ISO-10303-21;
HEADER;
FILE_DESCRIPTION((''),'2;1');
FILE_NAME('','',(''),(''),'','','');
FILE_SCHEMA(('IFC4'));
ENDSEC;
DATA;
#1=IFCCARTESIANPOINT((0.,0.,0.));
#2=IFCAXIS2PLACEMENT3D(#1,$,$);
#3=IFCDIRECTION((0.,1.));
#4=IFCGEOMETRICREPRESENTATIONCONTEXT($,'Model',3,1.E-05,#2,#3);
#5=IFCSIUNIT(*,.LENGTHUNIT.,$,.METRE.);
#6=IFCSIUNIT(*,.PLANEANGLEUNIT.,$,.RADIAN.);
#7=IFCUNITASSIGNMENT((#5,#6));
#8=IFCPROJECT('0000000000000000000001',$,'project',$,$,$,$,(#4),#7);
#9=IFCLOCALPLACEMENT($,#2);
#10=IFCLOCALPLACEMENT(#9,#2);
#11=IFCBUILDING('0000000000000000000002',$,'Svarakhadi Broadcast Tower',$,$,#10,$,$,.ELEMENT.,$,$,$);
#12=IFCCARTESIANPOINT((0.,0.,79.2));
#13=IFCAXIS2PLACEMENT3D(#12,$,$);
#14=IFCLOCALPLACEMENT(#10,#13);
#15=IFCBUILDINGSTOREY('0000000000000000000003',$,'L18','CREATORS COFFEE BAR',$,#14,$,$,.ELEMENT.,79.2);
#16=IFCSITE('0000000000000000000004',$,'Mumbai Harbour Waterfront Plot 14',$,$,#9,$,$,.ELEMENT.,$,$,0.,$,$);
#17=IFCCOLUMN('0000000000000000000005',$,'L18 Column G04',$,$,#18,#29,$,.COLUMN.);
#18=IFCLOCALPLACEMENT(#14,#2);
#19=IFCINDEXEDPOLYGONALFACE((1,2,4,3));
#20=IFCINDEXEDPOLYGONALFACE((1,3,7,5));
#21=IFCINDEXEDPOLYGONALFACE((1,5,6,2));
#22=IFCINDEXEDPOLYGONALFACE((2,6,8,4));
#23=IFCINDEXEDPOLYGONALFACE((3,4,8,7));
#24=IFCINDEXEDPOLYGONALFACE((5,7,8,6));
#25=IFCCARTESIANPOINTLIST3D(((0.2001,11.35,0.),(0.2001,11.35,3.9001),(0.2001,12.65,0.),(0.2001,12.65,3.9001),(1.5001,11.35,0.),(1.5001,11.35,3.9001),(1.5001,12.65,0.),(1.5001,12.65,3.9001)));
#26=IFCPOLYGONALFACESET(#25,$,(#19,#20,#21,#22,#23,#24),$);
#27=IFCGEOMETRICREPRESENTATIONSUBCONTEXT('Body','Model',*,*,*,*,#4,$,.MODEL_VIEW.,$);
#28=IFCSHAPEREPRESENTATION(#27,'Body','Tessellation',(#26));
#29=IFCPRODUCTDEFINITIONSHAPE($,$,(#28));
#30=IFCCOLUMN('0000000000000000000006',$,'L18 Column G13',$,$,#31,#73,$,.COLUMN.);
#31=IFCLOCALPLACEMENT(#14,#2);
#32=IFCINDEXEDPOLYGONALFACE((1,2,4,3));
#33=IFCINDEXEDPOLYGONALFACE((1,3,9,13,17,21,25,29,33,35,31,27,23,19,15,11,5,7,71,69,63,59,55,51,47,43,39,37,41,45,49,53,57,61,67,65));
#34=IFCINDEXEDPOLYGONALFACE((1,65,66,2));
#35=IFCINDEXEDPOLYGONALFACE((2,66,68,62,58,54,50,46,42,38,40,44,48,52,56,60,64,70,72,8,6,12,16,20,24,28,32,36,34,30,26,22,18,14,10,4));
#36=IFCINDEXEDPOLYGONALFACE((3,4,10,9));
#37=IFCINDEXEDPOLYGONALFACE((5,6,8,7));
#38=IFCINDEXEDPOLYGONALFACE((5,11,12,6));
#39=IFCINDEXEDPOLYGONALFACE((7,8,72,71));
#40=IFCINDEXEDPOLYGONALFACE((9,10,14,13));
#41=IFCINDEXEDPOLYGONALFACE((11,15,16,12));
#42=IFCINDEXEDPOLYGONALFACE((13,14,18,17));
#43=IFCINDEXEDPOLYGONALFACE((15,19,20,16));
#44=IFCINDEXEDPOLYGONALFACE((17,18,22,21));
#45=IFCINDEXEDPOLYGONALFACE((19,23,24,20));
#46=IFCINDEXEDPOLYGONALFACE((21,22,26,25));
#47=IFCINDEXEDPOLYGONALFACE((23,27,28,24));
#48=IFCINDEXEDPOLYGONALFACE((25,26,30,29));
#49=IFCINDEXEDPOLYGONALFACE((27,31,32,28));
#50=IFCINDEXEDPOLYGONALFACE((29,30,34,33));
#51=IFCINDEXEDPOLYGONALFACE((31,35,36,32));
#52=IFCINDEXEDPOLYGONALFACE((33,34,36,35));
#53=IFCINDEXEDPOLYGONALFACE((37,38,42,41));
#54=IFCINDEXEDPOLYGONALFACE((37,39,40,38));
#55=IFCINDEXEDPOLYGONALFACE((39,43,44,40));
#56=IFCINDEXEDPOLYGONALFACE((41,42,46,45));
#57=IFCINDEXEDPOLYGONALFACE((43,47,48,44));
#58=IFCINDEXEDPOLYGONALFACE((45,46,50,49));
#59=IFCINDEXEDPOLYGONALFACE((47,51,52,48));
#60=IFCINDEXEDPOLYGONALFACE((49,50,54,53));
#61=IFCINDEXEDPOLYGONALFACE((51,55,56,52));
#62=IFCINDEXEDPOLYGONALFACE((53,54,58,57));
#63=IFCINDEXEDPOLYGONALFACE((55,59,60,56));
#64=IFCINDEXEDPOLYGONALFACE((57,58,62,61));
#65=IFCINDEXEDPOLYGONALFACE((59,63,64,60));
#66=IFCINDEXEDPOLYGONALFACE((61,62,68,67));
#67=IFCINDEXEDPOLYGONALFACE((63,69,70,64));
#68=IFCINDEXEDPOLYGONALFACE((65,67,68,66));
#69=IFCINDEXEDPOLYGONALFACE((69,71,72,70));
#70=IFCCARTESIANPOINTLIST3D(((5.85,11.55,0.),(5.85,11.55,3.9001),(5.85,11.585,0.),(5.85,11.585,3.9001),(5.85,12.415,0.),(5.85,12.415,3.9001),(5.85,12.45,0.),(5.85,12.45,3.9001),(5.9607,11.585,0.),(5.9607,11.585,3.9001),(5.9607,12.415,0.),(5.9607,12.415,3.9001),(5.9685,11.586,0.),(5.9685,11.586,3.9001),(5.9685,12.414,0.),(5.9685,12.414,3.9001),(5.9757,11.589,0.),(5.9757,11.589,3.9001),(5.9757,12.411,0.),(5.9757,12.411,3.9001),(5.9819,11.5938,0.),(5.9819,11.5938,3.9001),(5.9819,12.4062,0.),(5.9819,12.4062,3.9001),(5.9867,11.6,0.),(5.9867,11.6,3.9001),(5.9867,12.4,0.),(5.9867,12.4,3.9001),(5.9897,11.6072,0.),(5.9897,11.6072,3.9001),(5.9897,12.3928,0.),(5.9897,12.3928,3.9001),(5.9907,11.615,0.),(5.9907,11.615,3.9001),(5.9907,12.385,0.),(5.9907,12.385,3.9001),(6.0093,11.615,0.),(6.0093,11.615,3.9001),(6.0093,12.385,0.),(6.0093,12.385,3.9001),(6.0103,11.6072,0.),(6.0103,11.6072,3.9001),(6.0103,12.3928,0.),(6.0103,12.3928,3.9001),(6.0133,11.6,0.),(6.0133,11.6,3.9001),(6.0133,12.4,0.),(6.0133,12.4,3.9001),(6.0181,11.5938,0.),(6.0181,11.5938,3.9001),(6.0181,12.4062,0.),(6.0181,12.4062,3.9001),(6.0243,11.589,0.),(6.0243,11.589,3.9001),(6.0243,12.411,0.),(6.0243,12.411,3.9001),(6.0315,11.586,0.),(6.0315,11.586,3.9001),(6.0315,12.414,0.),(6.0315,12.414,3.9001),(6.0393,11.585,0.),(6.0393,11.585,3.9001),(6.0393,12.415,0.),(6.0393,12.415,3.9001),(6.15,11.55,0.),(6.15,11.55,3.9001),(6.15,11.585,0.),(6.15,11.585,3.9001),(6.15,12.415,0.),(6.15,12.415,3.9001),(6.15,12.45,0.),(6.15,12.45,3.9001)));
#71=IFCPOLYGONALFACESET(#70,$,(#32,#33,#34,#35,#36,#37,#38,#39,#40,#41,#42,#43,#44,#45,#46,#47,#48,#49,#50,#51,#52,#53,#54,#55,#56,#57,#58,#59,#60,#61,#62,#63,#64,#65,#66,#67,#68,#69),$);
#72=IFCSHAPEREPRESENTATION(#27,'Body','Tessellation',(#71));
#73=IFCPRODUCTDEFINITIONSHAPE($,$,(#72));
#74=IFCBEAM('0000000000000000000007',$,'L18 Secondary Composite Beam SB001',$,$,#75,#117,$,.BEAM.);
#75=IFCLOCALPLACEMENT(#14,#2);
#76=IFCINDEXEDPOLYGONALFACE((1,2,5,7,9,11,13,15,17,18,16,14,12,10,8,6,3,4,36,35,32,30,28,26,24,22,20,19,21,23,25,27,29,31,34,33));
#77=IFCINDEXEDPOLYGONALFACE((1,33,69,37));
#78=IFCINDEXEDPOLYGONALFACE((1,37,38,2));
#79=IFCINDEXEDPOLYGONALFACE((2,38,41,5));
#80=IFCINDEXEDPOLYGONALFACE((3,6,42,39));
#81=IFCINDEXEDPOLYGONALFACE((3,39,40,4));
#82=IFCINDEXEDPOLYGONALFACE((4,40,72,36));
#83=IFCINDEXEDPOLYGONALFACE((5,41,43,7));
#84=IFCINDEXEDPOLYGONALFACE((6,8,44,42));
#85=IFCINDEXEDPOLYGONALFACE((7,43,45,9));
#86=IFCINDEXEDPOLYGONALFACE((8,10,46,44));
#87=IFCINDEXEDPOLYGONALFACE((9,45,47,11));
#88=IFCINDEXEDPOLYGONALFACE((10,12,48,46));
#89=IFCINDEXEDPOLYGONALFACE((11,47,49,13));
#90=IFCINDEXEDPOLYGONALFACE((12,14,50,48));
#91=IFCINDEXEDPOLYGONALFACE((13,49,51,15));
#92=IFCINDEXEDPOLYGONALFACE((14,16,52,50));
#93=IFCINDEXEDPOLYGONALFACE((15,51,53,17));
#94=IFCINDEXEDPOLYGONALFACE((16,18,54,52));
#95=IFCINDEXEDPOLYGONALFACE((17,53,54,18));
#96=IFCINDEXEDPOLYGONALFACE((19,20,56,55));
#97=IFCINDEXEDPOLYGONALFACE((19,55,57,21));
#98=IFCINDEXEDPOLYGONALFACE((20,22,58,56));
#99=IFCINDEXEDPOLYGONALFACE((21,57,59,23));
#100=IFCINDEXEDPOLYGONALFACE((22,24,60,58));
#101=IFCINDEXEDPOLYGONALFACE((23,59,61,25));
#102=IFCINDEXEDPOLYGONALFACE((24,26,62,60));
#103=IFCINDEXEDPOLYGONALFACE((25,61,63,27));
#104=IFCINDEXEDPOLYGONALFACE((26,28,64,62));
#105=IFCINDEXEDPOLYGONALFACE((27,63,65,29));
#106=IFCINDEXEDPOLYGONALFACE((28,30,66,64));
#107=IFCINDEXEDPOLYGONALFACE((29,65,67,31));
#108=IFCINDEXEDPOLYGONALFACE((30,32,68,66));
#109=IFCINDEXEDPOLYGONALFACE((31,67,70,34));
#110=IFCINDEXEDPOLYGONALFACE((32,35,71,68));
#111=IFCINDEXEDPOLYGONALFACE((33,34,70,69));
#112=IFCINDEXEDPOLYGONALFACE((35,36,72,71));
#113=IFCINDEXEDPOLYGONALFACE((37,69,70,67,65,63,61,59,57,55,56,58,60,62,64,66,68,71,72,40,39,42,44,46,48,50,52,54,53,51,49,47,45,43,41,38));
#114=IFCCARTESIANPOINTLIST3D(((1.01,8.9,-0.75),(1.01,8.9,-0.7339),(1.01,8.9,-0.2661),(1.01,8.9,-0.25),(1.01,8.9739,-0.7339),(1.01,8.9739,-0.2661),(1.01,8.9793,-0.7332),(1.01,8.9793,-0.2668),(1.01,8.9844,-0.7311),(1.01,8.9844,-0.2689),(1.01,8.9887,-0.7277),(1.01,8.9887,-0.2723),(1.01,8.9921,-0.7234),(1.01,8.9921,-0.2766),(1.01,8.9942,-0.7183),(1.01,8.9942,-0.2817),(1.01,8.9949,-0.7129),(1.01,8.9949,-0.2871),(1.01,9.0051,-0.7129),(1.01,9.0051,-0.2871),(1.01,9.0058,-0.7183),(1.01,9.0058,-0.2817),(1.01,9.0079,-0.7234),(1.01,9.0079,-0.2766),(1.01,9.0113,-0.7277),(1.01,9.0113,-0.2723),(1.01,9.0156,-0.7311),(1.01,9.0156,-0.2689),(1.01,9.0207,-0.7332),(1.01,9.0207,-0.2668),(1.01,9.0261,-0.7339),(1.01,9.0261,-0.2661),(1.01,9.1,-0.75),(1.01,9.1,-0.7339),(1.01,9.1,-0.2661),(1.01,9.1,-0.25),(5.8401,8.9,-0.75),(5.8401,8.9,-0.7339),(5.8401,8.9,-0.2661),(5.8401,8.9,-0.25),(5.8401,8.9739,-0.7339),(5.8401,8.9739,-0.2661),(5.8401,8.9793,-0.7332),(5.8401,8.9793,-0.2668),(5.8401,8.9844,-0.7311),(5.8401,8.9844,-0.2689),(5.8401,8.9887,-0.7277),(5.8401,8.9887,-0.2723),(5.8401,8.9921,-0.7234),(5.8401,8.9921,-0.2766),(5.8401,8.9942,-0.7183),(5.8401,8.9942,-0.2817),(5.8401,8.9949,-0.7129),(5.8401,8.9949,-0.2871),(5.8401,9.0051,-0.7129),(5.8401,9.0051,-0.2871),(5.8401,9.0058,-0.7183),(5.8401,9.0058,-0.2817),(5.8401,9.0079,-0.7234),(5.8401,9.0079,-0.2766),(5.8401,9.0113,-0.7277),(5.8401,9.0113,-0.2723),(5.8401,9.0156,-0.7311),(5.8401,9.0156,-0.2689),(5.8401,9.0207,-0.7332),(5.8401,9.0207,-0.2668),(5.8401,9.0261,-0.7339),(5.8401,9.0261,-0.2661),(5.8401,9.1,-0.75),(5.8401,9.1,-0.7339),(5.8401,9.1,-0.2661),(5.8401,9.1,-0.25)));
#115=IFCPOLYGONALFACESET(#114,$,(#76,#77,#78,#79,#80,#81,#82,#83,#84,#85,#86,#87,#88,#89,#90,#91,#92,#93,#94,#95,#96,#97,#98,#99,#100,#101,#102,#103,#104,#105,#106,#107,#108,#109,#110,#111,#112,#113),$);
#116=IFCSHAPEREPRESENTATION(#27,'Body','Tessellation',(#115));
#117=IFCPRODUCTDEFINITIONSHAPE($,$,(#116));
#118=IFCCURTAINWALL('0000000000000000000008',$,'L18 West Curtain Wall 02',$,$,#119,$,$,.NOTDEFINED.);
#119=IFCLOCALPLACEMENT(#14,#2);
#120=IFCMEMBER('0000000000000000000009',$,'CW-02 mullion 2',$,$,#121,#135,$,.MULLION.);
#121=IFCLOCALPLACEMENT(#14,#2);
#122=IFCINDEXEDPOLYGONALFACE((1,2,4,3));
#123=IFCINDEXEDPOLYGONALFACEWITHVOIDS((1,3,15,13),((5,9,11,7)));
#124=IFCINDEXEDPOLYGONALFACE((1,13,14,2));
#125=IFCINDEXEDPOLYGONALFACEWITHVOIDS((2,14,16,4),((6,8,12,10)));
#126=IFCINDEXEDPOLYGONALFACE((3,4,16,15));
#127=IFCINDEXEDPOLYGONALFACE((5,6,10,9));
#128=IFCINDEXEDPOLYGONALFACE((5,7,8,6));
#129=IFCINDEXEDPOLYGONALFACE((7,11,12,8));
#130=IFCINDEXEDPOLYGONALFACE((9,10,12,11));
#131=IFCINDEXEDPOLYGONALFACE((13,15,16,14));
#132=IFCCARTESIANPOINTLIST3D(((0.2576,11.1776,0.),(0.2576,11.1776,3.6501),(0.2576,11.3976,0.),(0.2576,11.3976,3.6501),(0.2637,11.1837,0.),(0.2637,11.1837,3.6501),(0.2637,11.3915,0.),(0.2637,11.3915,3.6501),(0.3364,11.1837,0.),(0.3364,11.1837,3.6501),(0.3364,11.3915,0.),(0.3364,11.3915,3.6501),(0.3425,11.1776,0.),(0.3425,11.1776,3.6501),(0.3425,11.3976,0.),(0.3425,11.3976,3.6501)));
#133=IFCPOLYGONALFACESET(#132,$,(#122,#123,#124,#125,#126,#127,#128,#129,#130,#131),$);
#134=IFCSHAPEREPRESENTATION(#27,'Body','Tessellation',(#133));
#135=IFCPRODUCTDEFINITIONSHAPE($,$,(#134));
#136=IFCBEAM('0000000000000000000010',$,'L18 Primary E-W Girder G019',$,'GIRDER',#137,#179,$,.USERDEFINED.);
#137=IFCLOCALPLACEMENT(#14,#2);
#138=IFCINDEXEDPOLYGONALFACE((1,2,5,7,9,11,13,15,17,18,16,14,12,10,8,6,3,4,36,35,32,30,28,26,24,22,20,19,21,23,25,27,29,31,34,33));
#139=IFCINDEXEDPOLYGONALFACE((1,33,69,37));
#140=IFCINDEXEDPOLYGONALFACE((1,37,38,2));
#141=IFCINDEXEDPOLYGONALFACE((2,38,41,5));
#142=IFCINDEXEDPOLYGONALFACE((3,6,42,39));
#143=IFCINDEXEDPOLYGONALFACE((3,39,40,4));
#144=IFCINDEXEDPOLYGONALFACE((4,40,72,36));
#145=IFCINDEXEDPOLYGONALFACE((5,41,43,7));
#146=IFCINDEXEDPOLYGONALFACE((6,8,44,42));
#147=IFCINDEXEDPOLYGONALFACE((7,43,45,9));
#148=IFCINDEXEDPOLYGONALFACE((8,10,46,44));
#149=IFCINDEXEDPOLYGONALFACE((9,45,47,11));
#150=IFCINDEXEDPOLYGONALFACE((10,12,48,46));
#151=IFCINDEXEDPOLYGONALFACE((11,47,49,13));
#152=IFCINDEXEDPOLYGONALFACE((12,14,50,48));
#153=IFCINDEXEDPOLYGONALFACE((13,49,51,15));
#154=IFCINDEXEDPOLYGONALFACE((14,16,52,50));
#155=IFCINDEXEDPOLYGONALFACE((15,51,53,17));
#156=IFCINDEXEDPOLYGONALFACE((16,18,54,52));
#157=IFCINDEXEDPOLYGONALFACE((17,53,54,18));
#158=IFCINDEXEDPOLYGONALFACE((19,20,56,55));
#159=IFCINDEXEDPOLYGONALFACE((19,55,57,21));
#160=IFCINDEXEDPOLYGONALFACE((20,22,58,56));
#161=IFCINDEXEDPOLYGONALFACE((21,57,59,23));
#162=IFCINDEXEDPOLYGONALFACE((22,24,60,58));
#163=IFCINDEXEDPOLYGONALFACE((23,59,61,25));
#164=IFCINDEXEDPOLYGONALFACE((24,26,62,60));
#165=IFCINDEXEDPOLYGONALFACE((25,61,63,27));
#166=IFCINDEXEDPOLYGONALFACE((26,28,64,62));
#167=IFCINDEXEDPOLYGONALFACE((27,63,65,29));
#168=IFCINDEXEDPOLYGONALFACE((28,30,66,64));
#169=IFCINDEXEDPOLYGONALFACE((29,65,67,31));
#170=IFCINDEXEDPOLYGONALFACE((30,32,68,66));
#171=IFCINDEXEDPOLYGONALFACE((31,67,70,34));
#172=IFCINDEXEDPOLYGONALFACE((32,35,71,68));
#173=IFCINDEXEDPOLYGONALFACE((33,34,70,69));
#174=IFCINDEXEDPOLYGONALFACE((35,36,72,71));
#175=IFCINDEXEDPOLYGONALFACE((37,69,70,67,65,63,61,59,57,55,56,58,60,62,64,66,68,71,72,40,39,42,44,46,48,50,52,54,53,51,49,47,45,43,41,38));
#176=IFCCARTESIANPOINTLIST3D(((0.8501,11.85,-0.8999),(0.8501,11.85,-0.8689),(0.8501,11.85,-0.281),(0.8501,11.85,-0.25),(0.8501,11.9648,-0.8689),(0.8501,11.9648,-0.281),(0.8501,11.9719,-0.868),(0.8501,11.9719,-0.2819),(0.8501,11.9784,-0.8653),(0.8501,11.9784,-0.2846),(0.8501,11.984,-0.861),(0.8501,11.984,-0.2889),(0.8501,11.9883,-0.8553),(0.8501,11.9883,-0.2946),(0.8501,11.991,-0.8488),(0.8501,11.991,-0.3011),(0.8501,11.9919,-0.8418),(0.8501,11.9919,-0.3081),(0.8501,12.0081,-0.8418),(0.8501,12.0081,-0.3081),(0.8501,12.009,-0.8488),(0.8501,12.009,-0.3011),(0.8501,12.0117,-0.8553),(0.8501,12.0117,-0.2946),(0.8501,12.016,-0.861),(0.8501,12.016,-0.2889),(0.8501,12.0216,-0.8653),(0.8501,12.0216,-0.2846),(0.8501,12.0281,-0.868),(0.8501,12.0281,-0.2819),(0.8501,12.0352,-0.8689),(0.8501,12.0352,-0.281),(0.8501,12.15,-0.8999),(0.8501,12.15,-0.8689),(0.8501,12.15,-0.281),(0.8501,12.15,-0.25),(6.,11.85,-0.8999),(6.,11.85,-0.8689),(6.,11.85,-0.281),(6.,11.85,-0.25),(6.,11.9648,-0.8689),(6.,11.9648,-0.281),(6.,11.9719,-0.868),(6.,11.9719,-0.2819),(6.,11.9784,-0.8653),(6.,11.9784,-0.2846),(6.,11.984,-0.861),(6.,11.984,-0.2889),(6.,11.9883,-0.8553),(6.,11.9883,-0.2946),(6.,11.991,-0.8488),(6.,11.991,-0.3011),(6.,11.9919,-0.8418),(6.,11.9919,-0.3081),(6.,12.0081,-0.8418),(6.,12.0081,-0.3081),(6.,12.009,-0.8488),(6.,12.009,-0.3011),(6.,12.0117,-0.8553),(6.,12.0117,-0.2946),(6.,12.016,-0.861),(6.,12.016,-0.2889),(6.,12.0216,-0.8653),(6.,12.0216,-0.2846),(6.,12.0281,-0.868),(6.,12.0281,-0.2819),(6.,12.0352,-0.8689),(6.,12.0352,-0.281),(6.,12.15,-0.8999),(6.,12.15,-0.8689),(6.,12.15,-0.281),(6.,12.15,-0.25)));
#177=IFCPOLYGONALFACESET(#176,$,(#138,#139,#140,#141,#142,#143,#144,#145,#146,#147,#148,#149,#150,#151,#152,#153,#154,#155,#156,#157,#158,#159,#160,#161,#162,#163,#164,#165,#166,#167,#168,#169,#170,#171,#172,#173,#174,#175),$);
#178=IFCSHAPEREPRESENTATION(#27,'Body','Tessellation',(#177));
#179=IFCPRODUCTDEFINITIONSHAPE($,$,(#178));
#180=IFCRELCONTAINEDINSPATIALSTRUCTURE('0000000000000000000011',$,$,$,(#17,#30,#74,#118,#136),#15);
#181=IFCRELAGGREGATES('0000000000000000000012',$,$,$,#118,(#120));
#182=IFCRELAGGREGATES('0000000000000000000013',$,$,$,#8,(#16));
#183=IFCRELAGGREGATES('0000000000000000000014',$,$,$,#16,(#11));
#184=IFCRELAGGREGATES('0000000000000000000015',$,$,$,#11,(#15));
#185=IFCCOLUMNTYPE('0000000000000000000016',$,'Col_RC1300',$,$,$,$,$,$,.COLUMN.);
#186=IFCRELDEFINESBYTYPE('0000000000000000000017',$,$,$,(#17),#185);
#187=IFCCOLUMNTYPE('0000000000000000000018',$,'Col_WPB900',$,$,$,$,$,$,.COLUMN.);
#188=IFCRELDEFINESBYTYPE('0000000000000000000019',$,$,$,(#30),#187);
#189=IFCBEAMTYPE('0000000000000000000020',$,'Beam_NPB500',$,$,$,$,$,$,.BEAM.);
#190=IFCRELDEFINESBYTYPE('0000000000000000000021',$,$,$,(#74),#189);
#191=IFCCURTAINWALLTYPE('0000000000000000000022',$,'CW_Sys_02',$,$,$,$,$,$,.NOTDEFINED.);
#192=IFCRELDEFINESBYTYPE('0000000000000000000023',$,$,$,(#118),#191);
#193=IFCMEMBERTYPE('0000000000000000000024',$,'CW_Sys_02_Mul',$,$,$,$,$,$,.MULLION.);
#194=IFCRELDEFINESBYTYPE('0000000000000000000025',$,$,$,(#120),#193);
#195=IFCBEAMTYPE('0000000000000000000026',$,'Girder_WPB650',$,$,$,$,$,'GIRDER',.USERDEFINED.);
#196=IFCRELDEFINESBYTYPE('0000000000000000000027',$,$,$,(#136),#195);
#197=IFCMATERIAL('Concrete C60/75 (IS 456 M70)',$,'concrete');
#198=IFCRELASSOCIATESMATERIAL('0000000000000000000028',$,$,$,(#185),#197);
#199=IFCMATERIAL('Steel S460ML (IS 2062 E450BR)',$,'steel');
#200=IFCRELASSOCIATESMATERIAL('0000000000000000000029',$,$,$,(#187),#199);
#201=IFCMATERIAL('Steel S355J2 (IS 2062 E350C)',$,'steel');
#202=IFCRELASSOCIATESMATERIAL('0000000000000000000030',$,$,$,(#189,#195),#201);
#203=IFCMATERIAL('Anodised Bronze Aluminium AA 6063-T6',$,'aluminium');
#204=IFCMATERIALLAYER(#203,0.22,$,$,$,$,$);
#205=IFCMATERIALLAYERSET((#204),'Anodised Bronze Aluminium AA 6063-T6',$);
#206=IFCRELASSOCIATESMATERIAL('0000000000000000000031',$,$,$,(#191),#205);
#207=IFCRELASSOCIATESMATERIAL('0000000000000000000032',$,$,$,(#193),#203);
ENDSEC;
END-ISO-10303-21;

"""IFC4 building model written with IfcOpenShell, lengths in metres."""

from ifc_helpers import new_model, si_unit, direction, frame, origin, origin_2d, place, context, subcontext, project, spatial, rectangle, hollow_rectangle, i_section, extrude, material, layer, layer_set, material_profile, profile_set, type_object, element, aggregate, save


model = new_model("IFC4")

# Units and contexts
model_context = context("Model", 3, precision=1e-05, world=origin(), true_north=direction((0.0, 1.0)))
body_context = subcontext(model_context, "Body", "Model", "MODEL_VIEW")
ifc_project = project(units=[si_unit("LENGTHUNIT", "METRE"), si_unit("PLANEANGLEUNIT", "RADIAN")], contexts=[model_context])

# Site, building, storey
site_placement = place(None, origin())
site = spatial("IfcSite", under=ifc_project, at=site_placement, Name="Mumbai Harbour Waterfront Plot 14", CompositionType="ELEMENT", RefElevation=0.0)
building_placement = place(site_placement, origin())
building = spatial("IfcBuilding", under=site, at=building_placement, Name="Svarakhadi Broadcast Tower", CompositionType="ELEMENT")
storey_placement = place(building_placement, frame((0.0, 0.0, 79.2)))
storey = spatial("IfcBuildingStorey", under=building, at=storey_placement, Name="L18", Description="CREATORS COFFEE BAR", CompositionType="ELEMENT", Elevation=79.2)

# Columns
ifc_material_1 = material(Name="Concrete C60/75 (IS 456 M70)", Category="concrete")
ifc_material_profile_1 = material_profile(ifc_material_1, rectangle(XDim=1.3, YDim=1.3, at=origin_2d()), Name="RC 1300x1300")
ifc_profile_set_1 = profile_set([ifc_material_profile_1], Name="Concrete C60/75 (IS 456 M70)")
column_type_1 = type_object("IfcColumnType", Name="Col_RC1300", PredefinedType="COLUMN", material=ifc_profile_set_1)
column_1_placement = place(storey_placement, frame((0.8501, 12.0, 0.0), z_axis=(0.0, 0.0, 1.0), x_axis=(1.0, 0.0, 0.0)))
element("IfcColumn", 1, at=column_1_placement, inside=storey, type_object=column_type_1, Name="L18 Column G04", PredefinedType="COLUMN", context=body_context, shape_type="SweptSolid", body=[
    extrude(rectangle(XDim=1.3, YDim=1.3, at=origin_2d()), origin(), (0.0, 0.0, 1.0), 3.9001),
])
ifc_material_2 = material(Name="Steel S460ML (IS 2062 E450BR)", Category="steel")
ifc_material_profile_2 = material_profile(ifc_material_2, i_section(OverallWidth=0.3, OverallDepth=0.8999, WebThickness=0.0186, FlangeThickness=0.0349, FilletRadius=0.03, at=origin_2d()), Name="WPB 900x300x291")
ifc_profile_set_2 = profile_set([ifc_material_profile_2], Name="Steel S460ML (IS 2062 E450BR)")
column_type_2 = type_object("IfcColumnType", Name="Col_WPB900", PredefinedType="COLUMN", material=ifc_profile_set_2)
column_2_placement = place(storey_placement, frame((6.0, 12.0, 0.0), z_axis=(0.0, 0.0, 1.0), x_axis=(1.0, 0.0, 0.0)))
element("IfcColumn", 2, at=column_2_placement, inside=storey, type_object=column_type_2, Name="L18 Column G13", PredefinedType="COLUMN", context=body_context, shape_type="SweptSolid", body=[
    extrude(i_section(OverallWidth=0.3, OverallDepth=0.8999, WebThickness=0.0186, FlangeThickness=0.0349, FilletRadius=0.03, at=origin_2d()), origin(), (0.0, 0.0, 1.0), 3.9001),
])

# Beam
ifc_material_3 = material(Name="Steel S355J2 (IS 2062 E350C)", Category="steel")
ifc_material_profile_3 = material_profile(ifc_material_3, i_section(OverallWidth=0.2, OverallDepth=0.5, WebThickness=0.0103, FlangeThickness=0.0161, FilletRadius=0.021, at=origin_2d()), Name="NPB 500x200x91")
ifc_profile_set_3 = profile_set([ifc_material_profile_3], Name="Steel S355J2 (IS 2062 E350C)")
beam_type_1 = type_object("IfcBeamType", Name="Beam_NPB500", PredefinedType="BEAM", material=ifc_profile_set_3)
beam_1_placement = place(storey_placement, frame((1.01, 9.0, -0.5), z_axis=(1.0, 0.0, 0.0), x_axis=(0.0, 1.0, 0.0)))
element("IfcBeam", 3, at=beam_1_placement, inside=storey, type_object=beam_type_1, Name="L18 Secondary Composite Beam SB001", PredefinedType="BEAM", context=body_context, shape_type="SweptSolid", body=[
    extrude(i_section(OverallWidth=0.2, OverallDepth=0.5, WebThickness=0.0103, FlangeThickness=0.0161, FilletRadius=0.021, at=origin_2d()), origin(), (0.0, 0.0, 1.0), 4.8301),
])

# Curtain wall, member
ifc_material_4 = material(Name="Anodised Bronze Aluminium AA 6063-T6", Category="aluminium")
ifc_layer_1 = layer(ifc_material_4, 0.22)
ifc_layer_set_1 = layer_set([ifc_layer_1], Name="Anodised Bronze Aluminium AA 6063-T6")
curtain_wall_type = type_object("IfcCurtainWallType", Name="CW_Sys_02", PredefinedType="NOTDEFINED", material=ifc_layer_set_1)
curtain_wall_placement = place(storey_placement, origin())
curtain_wall = element("IfcCurtainWall", 4, at=curtain_wall_placement, inside=storey, type_object=curtain_wall_type, Name="L18 West Curtain Wall 02", PredefinedType="NOTDEFINED")
ifc_material_profile_4 = material_profile(ifc_material_4, hollow_rectangle(XDim=0.085, YDim=0.22, WallThickness=0.0061, at=origin_2d()), Name="ALU MULLION 220x85x6")
ifc_profile_set_4 = profile_set([ifc_material_profile_4], Name="Anodised Bronze Aluminium AA 6063-T6")
member_type = type_object("IfcMemberType", Name="CW_Sys_02_Mul", PredefinedType="MULLION", material=ifc_profile_set_4)
member_placement = place(storey_placement, frame((0.3, 11.2876, 0.0), z_axis=(0.0, 0.0, 1.0), x_axis=(-1.0, 0.0, 0.0)))
member = element("IfcMember", 5, at=member_placement, type_object=member_type, Name="CW-02 mullion 2", PredefinedType="MULLION", context=body_context, shape_type="SweptSolid", body=[
    extrude(hollow_rectangle(XDim=0.085, YDim=0.22, WallThickness=0.0061, at=origin_2d()), origin(), (0.0, 0.0, 1.0), 3.6501),
])

# Beam
ifc_material_profile_5 = material_profile(ifc_material_3, i_section(OverallWidth=0.3, OverallDepth=0.6499, WebThickness=0.0161, FlangeThickness=0.031, FilletRadius=0.0271, at=origin_2d()), Name="WPB 650x300x225")
ifc_profile_set_5 = profile_set([ifc_material_profile_5], Name="Steel S355J2 (IS 2062 E350C)")
beam_type_2 = type_object("IfcBeamType", Name="Girder_WPB650", ElementType="GIRDER", PredefinedType="USERDEFINED", material=ifc_profile_set_5)
beam_2_placement = place(storey_placement, frame((0.8501, 12.0, -0.575), z_axis=(1.0, 0.0, 0.0), x_axis=(0.0, 1.0, 0.0)))
element("IfcBeam", 6, at=beam_2_placement, inside=storey, type_object=beam_type_2, Name="L18 Primary E-W Girder G019", ObjectType="GIRDER", PredefinedType="USERDEFINED", context=body_context, shape_type="SweptSolid", body=[
    extrude(i_section(OverallWidth=0.3, OverallDepth=0.6499, WebThickness=0.0161, FlangeThickness=0.031, FilletRadius=0.0271, at=origin_2d()), origin(), (0.0, 0.0, 1.0), 5.1499),
])

aggregate(curtain_wall, [member])

save(model, "model.ifc")
